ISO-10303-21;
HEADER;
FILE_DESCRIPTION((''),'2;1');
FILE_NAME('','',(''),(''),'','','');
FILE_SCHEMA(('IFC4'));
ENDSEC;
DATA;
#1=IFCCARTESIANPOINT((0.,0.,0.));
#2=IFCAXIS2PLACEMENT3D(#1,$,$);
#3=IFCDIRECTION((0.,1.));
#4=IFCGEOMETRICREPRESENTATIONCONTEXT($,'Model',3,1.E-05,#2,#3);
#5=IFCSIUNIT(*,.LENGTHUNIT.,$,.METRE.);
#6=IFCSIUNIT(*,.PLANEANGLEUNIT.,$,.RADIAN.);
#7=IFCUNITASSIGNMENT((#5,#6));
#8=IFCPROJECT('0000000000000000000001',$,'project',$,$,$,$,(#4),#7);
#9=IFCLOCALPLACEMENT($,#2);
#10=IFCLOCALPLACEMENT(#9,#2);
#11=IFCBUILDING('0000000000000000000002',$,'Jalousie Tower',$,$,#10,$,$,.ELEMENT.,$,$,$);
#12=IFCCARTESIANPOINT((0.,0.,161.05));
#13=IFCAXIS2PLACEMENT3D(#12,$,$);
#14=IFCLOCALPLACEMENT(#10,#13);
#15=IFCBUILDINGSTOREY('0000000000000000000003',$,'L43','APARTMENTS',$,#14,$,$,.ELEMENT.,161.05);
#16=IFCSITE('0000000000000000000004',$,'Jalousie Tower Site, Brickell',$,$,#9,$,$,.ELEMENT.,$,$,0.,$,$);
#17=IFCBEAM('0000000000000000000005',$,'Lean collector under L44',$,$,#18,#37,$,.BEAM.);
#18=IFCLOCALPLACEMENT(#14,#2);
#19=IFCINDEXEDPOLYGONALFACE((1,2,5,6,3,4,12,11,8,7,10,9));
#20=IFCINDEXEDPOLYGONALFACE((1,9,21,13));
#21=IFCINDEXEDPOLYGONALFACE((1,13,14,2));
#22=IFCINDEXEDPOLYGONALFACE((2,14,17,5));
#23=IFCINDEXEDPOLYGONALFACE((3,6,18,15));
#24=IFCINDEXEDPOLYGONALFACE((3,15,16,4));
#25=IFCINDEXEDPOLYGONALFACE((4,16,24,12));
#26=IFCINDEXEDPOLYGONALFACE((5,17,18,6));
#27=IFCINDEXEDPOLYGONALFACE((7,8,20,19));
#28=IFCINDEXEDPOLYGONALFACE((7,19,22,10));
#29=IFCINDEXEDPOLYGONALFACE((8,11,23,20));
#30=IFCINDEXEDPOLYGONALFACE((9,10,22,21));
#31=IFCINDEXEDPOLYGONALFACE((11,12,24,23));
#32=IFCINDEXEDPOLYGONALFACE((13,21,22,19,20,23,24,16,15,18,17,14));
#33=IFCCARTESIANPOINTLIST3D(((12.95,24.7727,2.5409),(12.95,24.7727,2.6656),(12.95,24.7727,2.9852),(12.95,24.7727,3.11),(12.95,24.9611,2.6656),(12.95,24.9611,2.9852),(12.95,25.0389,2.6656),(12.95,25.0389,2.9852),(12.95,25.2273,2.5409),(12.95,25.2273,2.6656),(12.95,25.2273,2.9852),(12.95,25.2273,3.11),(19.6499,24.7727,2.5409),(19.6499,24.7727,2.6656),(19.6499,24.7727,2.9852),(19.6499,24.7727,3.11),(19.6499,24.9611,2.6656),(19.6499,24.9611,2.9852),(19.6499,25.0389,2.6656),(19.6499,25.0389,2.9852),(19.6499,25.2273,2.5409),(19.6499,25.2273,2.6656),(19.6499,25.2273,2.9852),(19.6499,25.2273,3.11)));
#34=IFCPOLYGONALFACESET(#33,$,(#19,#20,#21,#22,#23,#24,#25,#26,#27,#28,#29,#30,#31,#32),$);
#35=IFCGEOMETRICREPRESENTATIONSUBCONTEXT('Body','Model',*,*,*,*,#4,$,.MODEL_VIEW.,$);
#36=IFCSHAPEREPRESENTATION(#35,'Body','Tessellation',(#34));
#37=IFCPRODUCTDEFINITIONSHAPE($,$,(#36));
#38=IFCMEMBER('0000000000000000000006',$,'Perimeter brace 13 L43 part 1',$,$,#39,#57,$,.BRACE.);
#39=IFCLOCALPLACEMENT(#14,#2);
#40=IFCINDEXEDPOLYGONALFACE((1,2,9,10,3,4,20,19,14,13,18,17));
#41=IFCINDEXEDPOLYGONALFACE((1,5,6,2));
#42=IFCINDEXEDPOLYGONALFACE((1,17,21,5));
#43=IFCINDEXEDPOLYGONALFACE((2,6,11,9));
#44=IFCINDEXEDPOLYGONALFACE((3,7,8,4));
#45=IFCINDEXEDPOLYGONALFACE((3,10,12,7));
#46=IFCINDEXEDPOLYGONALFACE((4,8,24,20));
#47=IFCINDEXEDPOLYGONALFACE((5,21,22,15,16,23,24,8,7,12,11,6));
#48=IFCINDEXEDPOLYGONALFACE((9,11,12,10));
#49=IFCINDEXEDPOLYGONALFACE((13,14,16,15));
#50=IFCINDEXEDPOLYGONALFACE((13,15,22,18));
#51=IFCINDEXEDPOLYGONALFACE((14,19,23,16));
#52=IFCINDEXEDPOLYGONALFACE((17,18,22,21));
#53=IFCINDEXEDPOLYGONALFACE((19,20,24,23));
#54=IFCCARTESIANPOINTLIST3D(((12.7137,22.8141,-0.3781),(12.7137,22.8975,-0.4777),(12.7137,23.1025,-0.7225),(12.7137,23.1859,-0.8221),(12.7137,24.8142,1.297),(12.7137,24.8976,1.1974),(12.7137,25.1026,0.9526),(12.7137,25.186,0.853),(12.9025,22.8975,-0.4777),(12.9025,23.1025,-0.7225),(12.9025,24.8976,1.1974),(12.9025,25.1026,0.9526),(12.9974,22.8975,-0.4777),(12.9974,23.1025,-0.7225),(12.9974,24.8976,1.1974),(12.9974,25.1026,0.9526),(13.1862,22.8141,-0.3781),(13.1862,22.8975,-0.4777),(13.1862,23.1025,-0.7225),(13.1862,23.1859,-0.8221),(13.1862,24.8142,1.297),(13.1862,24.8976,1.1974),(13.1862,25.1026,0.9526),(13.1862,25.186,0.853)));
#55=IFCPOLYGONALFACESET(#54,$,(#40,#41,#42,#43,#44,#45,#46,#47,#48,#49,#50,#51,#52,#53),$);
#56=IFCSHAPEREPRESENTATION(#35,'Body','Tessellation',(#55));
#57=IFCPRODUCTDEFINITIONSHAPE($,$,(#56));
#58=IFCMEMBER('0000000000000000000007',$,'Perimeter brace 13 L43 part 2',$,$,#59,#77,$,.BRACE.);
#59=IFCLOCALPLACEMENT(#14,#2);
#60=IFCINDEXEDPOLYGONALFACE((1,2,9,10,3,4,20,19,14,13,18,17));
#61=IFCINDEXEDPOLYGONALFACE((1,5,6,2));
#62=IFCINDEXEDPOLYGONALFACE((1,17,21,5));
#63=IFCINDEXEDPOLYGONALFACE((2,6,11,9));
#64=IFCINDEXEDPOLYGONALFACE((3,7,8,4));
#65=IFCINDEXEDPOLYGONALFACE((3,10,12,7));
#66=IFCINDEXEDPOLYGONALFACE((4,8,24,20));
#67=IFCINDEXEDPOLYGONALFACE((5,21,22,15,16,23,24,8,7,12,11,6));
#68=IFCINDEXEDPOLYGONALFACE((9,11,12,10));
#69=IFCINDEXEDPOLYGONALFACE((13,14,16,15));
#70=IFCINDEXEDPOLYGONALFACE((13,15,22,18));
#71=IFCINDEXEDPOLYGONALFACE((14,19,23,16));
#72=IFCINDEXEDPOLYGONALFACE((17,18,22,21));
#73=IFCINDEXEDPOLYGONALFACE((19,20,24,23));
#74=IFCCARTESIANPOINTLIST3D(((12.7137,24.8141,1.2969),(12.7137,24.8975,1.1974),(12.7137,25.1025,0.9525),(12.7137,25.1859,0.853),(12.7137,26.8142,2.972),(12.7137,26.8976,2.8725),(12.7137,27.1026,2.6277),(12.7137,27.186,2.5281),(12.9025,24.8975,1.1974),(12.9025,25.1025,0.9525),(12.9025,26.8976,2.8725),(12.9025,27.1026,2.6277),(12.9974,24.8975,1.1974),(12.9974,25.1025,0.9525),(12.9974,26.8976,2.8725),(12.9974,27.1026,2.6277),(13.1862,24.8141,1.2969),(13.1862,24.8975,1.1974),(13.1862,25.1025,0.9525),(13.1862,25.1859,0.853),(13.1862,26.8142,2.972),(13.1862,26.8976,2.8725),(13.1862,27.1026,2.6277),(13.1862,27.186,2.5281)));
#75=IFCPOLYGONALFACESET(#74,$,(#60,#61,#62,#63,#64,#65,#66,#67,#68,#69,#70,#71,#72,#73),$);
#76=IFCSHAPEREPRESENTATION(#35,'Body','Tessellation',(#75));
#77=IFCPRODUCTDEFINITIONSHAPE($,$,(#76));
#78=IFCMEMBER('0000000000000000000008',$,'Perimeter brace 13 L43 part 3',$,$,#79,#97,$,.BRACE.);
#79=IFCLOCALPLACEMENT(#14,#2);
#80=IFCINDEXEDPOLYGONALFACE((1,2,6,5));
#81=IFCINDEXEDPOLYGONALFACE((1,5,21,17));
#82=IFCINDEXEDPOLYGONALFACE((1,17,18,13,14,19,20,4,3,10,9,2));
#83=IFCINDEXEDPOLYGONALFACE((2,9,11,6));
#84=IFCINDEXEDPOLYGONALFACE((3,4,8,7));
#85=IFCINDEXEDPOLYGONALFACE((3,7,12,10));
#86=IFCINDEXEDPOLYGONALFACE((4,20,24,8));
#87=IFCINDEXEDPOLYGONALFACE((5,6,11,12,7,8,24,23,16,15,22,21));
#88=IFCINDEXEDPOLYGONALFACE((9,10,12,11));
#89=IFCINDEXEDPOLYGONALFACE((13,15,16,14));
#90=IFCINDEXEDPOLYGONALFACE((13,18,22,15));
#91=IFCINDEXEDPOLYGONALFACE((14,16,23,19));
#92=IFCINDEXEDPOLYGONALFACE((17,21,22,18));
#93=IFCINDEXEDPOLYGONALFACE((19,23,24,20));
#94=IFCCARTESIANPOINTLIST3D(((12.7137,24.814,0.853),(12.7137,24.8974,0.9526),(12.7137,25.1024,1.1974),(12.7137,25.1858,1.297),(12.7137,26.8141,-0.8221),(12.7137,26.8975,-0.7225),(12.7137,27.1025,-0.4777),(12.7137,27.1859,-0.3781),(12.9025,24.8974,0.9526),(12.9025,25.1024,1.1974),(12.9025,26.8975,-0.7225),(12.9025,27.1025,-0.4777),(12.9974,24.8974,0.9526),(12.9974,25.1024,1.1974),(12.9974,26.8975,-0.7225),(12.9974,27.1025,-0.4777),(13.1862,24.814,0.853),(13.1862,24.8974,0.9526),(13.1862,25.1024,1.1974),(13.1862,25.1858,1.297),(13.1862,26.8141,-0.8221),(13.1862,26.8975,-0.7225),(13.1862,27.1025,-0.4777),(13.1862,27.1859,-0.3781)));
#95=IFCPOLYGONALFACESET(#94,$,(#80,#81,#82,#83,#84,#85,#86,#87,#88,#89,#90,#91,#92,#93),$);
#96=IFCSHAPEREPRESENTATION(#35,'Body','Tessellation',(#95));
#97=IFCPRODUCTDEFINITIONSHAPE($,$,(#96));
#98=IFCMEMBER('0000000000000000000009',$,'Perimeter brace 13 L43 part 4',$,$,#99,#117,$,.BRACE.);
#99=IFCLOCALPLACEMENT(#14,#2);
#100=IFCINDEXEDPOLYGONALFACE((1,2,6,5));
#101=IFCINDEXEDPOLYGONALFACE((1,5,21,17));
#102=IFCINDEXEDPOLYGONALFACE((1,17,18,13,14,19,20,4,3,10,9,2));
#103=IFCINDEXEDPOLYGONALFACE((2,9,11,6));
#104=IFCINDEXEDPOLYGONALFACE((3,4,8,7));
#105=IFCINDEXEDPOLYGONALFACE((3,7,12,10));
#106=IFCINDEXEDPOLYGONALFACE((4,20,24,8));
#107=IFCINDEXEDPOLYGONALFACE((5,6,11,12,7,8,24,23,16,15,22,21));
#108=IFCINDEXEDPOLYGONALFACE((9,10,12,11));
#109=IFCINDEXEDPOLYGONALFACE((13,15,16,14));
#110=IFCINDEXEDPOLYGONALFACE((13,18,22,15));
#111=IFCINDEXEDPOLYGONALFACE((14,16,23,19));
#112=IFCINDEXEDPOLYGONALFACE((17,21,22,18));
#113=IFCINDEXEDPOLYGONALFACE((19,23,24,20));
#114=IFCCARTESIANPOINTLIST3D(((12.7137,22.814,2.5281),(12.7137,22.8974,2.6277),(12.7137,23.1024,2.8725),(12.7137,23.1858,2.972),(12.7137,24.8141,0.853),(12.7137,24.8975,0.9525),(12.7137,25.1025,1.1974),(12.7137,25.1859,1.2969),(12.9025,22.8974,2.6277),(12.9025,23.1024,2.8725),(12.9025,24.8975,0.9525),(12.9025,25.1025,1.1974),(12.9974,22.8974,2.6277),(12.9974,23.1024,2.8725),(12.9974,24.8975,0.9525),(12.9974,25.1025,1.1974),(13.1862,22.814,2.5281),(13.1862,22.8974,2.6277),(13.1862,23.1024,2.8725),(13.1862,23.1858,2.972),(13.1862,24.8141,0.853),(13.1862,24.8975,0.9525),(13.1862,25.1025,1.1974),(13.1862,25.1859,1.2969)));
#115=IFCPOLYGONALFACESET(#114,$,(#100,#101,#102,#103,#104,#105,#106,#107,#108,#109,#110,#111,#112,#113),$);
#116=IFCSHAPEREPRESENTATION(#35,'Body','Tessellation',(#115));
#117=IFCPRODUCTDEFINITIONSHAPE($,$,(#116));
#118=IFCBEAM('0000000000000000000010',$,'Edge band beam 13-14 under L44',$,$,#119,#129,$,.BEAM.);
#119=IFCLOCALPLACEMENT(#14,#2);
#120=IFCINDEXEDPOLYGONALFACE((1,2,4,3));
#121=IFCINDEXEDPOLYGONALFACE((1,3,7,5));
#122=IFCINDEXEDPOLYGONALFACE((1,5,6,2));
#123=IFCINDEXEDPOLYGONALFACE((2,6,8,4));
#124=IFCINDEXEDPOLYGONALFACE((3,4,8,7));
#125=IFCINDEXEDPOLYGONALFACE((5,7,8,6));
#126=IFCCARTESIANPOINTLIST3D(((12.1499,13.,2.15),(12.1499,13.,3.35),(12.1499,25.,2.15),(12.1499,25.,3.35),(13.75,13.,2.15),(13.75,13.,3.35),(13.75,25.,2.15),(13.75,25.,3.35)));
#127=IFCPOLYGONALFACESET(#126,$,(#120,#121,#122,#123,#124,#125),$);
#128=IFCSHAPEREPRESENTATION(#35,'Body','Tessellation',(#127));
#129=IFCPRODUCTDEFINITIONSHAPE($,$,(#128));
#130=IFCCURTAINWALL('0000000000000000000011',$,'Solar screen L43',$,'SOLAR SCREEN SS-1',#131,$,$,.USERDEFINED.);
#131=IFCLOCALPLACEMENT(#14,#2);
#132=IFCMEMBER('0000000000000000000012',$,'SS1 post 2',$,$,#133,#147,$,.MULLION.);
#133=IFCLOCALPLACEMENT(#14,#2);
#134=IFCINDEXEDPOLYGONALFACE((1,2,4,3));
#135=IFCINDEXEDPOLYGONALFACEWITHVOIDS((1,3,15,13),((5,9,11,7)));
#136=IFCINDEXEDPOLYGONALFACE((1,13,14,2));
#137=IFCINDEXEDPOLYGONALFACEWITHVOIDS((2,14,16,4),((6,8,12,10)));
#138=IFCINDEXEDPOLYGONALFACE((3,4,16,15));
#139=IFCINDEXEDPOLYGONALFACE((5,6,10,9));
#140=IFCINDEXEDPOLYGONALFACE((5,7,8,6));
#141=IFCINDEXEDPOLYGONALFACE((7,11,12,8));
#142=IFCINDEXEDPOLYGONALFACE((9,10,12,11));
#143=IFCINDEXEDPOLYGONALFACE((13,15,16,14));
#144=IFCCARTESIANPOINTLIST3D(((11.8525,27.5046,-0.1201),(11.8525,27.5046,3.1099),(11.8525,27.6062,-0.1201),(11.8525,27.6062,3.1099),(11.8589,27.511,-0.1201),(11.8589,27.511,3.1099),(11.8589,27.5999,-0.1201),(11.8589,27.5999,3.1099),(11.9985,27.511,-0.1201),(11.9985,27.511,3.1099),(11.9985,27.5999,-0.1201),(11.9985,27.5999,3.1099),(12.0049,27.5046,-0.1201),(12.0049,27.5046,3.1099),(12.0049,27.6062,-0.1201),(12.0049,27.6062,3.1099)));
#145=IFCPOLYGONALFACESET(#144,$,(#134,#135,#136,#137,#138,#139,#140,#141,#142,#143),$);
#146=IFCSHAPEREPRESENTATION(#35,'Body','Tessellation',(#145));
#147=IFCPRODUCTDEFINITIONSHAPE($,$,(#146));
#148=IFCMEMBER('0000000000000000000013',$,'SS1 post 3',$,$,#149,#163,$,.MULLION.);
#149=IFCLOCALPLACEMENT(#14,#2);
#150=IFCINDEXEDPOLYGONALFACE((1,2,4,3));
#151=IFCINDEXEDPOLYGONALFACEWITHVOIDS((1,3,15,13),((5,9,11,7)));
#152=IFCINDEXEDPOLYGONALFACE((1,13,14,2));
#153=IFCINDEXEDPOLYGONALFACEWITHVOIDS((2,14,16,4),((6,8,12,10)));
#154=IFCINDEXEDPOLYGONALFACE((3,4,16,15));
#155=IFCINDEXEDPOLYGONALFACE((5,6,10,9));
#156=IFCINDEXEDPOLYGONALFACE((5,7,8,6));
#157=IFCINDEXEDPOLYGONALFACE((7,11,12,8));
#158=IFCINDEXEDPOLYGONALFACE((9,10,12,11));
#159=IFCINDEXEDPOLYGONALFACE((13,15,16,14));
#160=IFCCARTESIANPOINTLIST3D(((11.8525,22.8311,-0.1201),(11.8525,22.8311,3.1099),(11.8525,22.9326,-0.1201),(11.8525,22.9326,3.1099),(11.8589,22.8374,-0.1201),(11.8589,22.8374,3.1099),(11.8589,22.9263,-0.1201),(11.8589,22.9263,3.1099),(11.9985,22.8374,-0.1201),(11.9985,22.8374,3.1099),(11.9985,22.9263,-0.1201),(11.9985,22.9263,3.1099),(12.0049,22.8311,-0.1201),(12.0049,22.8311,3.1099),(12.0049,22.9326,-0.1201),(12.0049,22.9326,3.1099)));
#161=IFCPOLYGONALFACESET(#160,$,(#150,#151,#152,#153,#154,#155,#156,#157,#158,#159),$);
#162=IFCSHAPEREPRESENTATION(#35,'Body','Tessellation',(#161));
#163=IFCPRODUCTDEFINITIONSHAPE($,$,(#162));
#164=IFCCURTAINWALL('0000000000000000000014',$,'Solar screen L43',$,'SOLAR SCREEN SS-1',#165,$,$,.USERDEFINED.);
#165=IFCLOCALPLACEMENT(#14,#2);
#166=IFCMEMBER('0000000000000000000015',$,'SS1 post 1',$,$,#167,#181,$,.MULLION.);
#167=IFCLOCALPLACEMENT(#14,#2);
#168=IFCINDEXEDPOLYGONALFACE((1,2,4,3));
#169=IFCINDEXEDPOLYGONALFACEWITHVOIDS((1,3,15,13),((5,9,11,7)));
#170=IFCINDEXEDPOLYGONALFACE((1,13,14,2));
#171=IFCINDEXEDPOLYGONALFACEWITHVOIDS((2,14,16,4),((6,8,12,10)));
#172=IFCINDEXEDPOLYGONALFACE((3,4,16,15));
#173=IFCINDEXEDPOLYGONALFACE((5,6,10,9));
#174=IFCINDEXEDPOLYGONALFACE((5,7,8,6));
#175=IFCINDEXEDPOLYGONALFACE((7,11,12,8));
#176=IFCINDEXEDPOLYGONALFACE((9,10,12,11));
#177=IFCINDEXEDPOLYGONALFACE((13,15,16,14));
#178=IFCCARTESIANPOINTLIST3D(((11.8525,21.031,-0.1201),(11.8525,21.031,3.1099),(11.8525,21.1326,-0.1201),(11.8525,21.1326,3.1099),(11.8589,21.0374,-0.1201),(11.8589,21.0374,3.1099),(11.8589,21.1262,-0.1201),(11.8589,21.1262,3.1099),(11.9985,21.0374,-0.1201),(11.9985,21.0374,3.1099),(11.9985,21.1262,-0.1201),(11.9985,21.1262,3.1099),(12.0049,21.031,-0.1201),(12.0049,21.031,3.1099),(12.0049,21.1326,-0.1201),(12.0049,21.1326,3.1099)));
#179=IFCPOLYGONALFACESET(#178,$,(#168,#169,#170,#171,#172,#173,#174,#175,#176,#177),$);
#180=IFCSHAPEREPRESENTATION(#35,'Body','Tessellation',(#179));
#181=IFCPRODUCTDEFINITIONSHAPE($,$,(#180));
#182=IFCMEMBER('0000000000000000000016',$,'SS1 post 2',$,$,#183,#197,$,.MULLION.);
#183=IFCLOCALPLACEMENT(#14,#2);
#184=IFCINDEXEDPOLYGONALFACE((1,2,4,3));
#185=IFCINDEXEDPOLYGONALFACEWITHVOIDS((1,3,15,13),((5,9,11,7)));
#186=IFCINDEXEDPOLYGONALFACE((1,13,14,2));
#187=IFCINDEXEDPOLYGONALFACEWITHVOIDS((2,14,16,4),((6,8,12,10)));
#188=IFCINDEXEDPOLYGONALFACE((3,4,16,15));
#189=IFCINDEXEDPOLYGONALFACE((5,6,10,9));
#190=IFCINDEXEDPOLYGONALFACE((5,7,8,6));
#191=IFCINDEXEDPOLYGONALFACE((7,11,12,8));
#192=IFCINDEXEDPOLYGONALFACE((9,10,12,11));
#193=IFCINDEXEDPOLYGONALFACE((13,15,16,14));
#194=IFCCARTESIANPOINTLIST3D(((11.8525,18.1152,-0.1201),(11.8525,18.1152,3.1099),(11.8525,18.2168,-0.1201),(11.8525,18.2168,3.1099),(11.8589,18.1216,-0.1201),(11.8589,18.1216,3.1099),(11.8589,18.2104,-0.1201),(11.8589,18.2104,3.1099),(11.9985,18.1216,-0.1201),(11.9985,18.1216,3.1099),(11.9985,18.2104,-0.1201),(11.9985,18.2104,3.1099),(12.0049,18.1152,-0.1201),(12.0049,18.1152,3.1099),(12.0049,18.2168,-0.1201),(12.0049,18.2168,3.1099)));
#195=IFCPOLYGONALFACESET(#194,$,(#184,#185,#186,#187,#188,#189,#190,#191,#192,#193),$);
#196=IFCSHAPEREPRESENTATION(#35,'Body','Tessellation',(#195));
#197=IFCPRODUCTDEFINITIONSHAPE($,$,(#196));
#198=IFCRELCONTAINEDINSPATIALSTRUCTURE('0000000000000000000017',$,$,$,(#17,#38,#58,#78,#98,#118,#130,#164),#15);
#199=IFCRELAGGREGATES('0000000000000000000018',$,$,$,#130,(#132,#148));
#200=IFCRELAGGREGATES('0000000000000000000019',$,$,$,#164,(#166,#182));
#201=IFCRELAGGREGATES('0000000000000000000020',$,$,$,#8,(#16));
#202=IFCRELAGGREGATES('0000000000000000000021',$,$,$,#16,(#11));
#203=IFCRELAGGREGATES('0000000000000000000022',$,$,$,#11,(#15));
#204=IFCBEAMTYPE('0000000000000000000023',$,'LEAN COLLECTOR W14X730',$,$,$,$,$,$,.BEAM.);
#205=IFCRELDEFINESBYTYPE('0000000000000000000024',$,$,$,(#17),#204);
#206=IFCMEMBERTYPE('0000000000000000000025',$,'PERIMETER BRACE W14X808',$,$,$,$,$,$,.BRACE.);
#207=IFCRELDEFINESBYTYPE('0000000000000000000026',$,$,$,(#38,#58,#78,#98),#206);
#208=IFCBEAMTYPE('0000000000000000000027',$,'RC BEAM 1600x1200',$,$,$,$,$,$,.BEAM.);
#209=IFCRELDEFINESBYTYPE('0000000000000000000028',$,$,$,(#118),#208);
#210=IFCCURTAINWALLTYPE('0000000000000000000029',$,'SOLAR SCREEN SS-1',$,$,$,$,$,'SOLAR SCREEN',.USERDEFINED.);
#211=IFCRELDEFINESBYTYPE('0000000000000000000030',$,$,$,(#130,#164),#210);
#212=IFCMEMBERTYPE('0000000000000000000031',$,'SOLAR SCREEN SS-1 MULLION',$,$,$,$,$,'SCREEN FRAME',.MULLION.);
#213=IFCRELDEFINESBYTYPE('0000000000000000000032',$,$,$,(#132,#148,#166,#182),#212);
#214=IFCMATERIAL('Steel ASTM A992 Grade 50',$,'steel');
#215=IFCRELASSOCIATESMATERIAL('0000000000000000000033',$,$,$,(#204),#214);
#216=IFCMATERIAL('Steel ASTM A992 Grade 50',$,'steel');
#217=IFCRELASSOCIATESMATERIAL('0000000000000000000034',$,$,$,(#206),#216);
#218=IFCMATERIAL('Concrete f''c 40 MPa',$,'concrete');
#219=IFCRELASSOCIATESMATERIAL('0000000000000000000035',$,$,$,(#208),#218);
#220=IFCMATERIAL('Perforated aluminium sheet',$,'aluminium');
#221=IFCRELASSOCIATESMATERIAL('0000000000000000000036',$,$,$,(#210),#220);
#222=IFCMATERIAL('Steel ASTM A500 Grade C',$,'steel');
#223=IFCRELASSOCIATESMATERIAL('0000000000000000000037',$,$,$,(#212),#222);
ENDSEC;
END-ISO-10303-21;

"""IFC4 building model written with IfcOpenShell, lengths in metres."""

from ifc_helpers import new_model, si_unit, direction, frame, origin, origin_2d, place, context, subcontext, project, spatial, rectangle, hollow_rectangle, i_section, extrude, material, material_profile, profile_set, type_object, element, aggregate, save


model = new_model("IFC4")

# Units and contexts
model_context = context("Model", 3, precision=1e-05, world=origin(), true_north=direction((0.0, 1.0)))
body_context = subcontext(model_context, "Body", "Model", "MODEL_VIEW")
ifc_project = project(units=[si_unit("LENGTHUNIT", "METRE"), si_unit("PLANEANGLEUNIT", "RADIAN")], contexts=[model_context])

# Site, building, storey
site_placement = place(None, origin())
site = spatial("IfcSite", under=ifc_project, at=site_placement, Name="Jalousie Tower Site, Brickell", CompositionType="ELEMENT", RefElevation=0.0)
building_placement = place(site_placement, origin())
building = spatial("IfcBuilding", under=site, at=building_placement, Name="Jalousie Tower", CompositionType="ELEMENT")
storey_placement = place(building_placement, frame((0.0, 0.0, 161.05)))
storey = spatial("IfcBuildingStorey", under=building, at=storey_placement, Name="L43", Description="APARTMENTS", CompositionType="ELEMENT", Elevation=161.05)

# Beam
ifc_material_1 = material(Name="Steel ASTM A992 Grade 50", Category="steel")
ifc_material_profile_1 = material_profile(ifc_material_1, i_section(OverallWidth=0.4546, OverallDepth=0.5691, WebThickness=0.0779, FlangeThickness=0.1248, at=origin_2d()), Name="W14X730")
ifc_profile_set_1 = profile_set([ifc_material_profile_1], Name="Steel ASTM A992 Grade 50")
beam_type_1 = type_object("IfcBeamType", Name="LEAN COLLECTOR W14X730", PredefinedType="BEAM", material=ifc_profile_set_1)
beam_1_placement = place(storey_placement, frame((12.95, 25.0, 2.8254), z_axis=(1.0, 0.0, 0.0), x_axis=(0.0, 1.0, 0.0)))
element("IfcBeam", 1, at=beam_1_placement, inside=storey, type_object=beam_type_1, Name="Lean collector under L44", PredefinedType="BEAM", context=body_context, shape_type="SweptSolid", body=[
    extrude(i_section(OverallWidth=0.4546, OverallDepth=0.5691, WebThickness=0.0779, FlangeThickness=0.1248, at=origin_2d()), origin(), (0.0, 0.0, 1.0), 6.7),
])

# Members
ifc_material_2 = material(Name="Steel ASTM A992 Grade 50", Category="steel")
ifc_material_profile_2 = material_profile(ifc_material_2, i_section(OverallWidth=0.4724, OverallDepth=0.5791, WebThickness=0.095, FlangeThickness=0.1299, at=origin_2d()), Name="W14X808")
ifc_profile_set_2 = profile_set([ifc_material_profile_2], Name="Steel ASTM A992 Grade 50")
member_type_1 = type_object("IfcMemberType", Name="PERIMETER BRACE W14X808", PredefinedType="BRACE", material=ifc_profile_set_2)
for number, where, z_axis, x_axis, name in (
    (2, (12.95, 23.0, -0.6001), (0.0, 0.766639, 0.642079), (-1.0, 0.0, 0.0), "Perimeter brace 13 L43 part 1"),
    (3, (12.95, 25.0, 1.075), (0.0, 0.766639, 0.642079), (-1.0, 0.0, 0.0), "Perimeter brace 13 L43 part 2"),
    (4, (12.95, 27.0, -0.6001), (0.0, -0.766639, 0.642079), (1.0, 0.0, 0.0), "Perimeter brace 13 L43 part 3"),
    (5, (12.95, 25.0, 1.075), (0.0, -0.766639, 0.642079), (1.0, 0.0, 0.0), "Perimeter brace 13 L43 part 4"),
):
    element("IfcMember", number, at=place(storey_placement, frame(where, z_axis=z_axis, x_axis=x_axis)), inside=storey, type_object=member_type_1, Name=name, PredefinedType="BRACE", context=body_context, shape_type="SweptSolid", body=[
        extrude(i_section(OverallWidth=0.4724, OverallDepth=0.5791, WebThickness=0.095, FlangeThickness=0.1299, at=origin_2d()), origin(), (0.0, 0.0, 1.0), 2.6089),
    ])

# Beam
ifc_material_3 = material(Name="Concrete f'c 40 MPa", Category="concrete")
ifc_material_profile_3 = material_profile(ifc_material_3, rectangle(XDim=1.6001, YDim=1.2, at=origin_2d()), Name="RC 1600x1200")
ifc_profile_set_3 = profile_set([ifc_material_profile_3], Name="Concrete f'c 40 MPa")
beam_type_2 = type_object("IfcBeamType", Name="RC BEAM 1600x1200", PredefinedType="BEAM", material=ifc_profile_set_3)
beam_2_placement = place(storey_placement, frame((12.95, 25.0, 2.75), z_axis=(0.0, -1.0, 0.0), x_axis=(1.0, 0.0, 0.0)))
element("IfcBeam", 6, at=beam_2_placement, inside=storey, type_object=beam_type_2, Name="Edge band beam 13-14 under L44", PredefinedType="BEAM", context=body_context, shape_type="SweptSolid", body=[
    extrude(rectangle(XDim=1.6001, YDim=1.2, at=origin_2d()), origin(), (0.0, 0.0, 1.0), 12.0),
])

# Curtain walls, members
ifc_material_4 = material(Name="Perforated aluminium sheet", Category="aluminium")
curtain_wall_type = type_object("IfcCurtainWallType", Name="SOLAR SCREEN SS-1", ElementType="SOLAR SCREEN", PredefinedType="USERDEFINED", material=ifc_material_4)
curtain_wall_1_placement = place(storey_placement, origin())
curtain_wall_1 = element("IfcCurtainWall", 7, at=curtain_wall_1_placement, inside=storey, type_object=curtain_wall_type, Name="Solar screen L43", ObjectType="SOLAR SCREEN SS-1", PredefinedType="USERDEFINED")
ifc_material_5 = material(Name="Steel ASTM A500 Grade C", Category="steel")
ifc_material_profile_4 = material_profile(ifc_material_5, hollow_rectangle(XDim=0.1016, YDim=0.1523, WallThickness=0.0063, at=origin_2d()), Name="HSS6X4X1/4")
ifc_profile_set_4 = profile_set([ifc_material_profile_4], Name="Steel ASTM A500 Grade C")
member_type_2 = type_object("IfcMemberType", Name="SOLAR SCREEN SS-1 MULLION", ElementType="SCREEN FRAME", PredefinedType="MULLION", material=ifc_profile_set_4)
member_1_placement = place(storey_placement, frame((11.9287, 27.5554, -0.1201), z_axis=(0.0, 0.0, 1.0), x_axis=(0.0, -1.0, 0.0)))
member_1 = element("IfcMember", 8, at=member_1_placement, type_object=member_type_2, Name="SS1 post 2", PredefinedType="MULLION", context=body_context, shape_type="SweptSolid", body=[
    extrude(hollow_rectangle(XDim=0.1016, YDim=0.1523, WallThickness=0.0063, at=origin_2d()), origin(), (0.0, 0.0, 1.0), 3.23),
])
member_2_placement = place(storey_placement, frame((11.9287, 22.8818, -0.1201), z_axis=(0.0, 0.0, 1.0), x_axis=(0.0, -1.0, 0.0)))
member_2 = element("IfcMember", 9, at=member_2_placement, type_object=member_type_2, Name="SS1 post 3", PredefinedType="MULLION", context=body_context, shape_type="SweptSolid", body=[
    extrude(hollow_rectangle(XDim=0.1016, YDim=0.1523, WallThickness=0.0063, at=origin_2d()), origin(), (0.0, 0.0, 1.0), 3.23),
])
curtain_wall_2_placement = place(storey_placement, origin())
curtain_wall_2 = element("IfcCurtainWall", 10, at=curtain_wall_2_placement, inside=storey, type_object=curtain_wall_type, Name="Solar screen L43", ObjectType="SOLAR SCREEN SS-1", PredefinedType="USERDEFINED")
member_3_placement = place(storey_placement, frame((11.9287, 21.0818, -0.1201), z_axis=(0.0, 0.0, 1.0), x_axis=(0.0, -1.0, 0.0)))
member_3 = element("IfcMember", 11, at=member_3_placement, type_object=member_type_2, Name="SS1 post 1", PredefinedType="MULLION", context=body_context, shape_type="SweptSolid", body=[
    extrude(hollow_rectangle(XDim=0.1016, YDim=0.1523, WallThickness=0.0063, at=origin_2d()), origin(), (0.0, 0.0, 1.0), 3.23),
])
member_4_placement = place(storey_placement, frame((11.9287, 18.166, -0.1201), z_axis=(0.0, 0.0, 1.0), x_axis=(0.0, -1.0, 0.0)))
member_4 = element("IfcMember", 12, at=member_4_placement, type_object=member_type_2, Name="SS1 post 2", PredefinedType="MULLION", context=body_context, shape_type="SweptSolid", body=[
    extrude(hollow_rectangle(XDim=0.1016, YDim=0.1523, WallThickness=0.0063, at=origin_2d()), origin(), (0.0, 0.0, 1.0), 3.23),
])

aggregate(curtain_wall_1, [member_1, member_2])
aggregate(curtain_wall_2, [member_3, member_4])

save(model, "model.ifc")
